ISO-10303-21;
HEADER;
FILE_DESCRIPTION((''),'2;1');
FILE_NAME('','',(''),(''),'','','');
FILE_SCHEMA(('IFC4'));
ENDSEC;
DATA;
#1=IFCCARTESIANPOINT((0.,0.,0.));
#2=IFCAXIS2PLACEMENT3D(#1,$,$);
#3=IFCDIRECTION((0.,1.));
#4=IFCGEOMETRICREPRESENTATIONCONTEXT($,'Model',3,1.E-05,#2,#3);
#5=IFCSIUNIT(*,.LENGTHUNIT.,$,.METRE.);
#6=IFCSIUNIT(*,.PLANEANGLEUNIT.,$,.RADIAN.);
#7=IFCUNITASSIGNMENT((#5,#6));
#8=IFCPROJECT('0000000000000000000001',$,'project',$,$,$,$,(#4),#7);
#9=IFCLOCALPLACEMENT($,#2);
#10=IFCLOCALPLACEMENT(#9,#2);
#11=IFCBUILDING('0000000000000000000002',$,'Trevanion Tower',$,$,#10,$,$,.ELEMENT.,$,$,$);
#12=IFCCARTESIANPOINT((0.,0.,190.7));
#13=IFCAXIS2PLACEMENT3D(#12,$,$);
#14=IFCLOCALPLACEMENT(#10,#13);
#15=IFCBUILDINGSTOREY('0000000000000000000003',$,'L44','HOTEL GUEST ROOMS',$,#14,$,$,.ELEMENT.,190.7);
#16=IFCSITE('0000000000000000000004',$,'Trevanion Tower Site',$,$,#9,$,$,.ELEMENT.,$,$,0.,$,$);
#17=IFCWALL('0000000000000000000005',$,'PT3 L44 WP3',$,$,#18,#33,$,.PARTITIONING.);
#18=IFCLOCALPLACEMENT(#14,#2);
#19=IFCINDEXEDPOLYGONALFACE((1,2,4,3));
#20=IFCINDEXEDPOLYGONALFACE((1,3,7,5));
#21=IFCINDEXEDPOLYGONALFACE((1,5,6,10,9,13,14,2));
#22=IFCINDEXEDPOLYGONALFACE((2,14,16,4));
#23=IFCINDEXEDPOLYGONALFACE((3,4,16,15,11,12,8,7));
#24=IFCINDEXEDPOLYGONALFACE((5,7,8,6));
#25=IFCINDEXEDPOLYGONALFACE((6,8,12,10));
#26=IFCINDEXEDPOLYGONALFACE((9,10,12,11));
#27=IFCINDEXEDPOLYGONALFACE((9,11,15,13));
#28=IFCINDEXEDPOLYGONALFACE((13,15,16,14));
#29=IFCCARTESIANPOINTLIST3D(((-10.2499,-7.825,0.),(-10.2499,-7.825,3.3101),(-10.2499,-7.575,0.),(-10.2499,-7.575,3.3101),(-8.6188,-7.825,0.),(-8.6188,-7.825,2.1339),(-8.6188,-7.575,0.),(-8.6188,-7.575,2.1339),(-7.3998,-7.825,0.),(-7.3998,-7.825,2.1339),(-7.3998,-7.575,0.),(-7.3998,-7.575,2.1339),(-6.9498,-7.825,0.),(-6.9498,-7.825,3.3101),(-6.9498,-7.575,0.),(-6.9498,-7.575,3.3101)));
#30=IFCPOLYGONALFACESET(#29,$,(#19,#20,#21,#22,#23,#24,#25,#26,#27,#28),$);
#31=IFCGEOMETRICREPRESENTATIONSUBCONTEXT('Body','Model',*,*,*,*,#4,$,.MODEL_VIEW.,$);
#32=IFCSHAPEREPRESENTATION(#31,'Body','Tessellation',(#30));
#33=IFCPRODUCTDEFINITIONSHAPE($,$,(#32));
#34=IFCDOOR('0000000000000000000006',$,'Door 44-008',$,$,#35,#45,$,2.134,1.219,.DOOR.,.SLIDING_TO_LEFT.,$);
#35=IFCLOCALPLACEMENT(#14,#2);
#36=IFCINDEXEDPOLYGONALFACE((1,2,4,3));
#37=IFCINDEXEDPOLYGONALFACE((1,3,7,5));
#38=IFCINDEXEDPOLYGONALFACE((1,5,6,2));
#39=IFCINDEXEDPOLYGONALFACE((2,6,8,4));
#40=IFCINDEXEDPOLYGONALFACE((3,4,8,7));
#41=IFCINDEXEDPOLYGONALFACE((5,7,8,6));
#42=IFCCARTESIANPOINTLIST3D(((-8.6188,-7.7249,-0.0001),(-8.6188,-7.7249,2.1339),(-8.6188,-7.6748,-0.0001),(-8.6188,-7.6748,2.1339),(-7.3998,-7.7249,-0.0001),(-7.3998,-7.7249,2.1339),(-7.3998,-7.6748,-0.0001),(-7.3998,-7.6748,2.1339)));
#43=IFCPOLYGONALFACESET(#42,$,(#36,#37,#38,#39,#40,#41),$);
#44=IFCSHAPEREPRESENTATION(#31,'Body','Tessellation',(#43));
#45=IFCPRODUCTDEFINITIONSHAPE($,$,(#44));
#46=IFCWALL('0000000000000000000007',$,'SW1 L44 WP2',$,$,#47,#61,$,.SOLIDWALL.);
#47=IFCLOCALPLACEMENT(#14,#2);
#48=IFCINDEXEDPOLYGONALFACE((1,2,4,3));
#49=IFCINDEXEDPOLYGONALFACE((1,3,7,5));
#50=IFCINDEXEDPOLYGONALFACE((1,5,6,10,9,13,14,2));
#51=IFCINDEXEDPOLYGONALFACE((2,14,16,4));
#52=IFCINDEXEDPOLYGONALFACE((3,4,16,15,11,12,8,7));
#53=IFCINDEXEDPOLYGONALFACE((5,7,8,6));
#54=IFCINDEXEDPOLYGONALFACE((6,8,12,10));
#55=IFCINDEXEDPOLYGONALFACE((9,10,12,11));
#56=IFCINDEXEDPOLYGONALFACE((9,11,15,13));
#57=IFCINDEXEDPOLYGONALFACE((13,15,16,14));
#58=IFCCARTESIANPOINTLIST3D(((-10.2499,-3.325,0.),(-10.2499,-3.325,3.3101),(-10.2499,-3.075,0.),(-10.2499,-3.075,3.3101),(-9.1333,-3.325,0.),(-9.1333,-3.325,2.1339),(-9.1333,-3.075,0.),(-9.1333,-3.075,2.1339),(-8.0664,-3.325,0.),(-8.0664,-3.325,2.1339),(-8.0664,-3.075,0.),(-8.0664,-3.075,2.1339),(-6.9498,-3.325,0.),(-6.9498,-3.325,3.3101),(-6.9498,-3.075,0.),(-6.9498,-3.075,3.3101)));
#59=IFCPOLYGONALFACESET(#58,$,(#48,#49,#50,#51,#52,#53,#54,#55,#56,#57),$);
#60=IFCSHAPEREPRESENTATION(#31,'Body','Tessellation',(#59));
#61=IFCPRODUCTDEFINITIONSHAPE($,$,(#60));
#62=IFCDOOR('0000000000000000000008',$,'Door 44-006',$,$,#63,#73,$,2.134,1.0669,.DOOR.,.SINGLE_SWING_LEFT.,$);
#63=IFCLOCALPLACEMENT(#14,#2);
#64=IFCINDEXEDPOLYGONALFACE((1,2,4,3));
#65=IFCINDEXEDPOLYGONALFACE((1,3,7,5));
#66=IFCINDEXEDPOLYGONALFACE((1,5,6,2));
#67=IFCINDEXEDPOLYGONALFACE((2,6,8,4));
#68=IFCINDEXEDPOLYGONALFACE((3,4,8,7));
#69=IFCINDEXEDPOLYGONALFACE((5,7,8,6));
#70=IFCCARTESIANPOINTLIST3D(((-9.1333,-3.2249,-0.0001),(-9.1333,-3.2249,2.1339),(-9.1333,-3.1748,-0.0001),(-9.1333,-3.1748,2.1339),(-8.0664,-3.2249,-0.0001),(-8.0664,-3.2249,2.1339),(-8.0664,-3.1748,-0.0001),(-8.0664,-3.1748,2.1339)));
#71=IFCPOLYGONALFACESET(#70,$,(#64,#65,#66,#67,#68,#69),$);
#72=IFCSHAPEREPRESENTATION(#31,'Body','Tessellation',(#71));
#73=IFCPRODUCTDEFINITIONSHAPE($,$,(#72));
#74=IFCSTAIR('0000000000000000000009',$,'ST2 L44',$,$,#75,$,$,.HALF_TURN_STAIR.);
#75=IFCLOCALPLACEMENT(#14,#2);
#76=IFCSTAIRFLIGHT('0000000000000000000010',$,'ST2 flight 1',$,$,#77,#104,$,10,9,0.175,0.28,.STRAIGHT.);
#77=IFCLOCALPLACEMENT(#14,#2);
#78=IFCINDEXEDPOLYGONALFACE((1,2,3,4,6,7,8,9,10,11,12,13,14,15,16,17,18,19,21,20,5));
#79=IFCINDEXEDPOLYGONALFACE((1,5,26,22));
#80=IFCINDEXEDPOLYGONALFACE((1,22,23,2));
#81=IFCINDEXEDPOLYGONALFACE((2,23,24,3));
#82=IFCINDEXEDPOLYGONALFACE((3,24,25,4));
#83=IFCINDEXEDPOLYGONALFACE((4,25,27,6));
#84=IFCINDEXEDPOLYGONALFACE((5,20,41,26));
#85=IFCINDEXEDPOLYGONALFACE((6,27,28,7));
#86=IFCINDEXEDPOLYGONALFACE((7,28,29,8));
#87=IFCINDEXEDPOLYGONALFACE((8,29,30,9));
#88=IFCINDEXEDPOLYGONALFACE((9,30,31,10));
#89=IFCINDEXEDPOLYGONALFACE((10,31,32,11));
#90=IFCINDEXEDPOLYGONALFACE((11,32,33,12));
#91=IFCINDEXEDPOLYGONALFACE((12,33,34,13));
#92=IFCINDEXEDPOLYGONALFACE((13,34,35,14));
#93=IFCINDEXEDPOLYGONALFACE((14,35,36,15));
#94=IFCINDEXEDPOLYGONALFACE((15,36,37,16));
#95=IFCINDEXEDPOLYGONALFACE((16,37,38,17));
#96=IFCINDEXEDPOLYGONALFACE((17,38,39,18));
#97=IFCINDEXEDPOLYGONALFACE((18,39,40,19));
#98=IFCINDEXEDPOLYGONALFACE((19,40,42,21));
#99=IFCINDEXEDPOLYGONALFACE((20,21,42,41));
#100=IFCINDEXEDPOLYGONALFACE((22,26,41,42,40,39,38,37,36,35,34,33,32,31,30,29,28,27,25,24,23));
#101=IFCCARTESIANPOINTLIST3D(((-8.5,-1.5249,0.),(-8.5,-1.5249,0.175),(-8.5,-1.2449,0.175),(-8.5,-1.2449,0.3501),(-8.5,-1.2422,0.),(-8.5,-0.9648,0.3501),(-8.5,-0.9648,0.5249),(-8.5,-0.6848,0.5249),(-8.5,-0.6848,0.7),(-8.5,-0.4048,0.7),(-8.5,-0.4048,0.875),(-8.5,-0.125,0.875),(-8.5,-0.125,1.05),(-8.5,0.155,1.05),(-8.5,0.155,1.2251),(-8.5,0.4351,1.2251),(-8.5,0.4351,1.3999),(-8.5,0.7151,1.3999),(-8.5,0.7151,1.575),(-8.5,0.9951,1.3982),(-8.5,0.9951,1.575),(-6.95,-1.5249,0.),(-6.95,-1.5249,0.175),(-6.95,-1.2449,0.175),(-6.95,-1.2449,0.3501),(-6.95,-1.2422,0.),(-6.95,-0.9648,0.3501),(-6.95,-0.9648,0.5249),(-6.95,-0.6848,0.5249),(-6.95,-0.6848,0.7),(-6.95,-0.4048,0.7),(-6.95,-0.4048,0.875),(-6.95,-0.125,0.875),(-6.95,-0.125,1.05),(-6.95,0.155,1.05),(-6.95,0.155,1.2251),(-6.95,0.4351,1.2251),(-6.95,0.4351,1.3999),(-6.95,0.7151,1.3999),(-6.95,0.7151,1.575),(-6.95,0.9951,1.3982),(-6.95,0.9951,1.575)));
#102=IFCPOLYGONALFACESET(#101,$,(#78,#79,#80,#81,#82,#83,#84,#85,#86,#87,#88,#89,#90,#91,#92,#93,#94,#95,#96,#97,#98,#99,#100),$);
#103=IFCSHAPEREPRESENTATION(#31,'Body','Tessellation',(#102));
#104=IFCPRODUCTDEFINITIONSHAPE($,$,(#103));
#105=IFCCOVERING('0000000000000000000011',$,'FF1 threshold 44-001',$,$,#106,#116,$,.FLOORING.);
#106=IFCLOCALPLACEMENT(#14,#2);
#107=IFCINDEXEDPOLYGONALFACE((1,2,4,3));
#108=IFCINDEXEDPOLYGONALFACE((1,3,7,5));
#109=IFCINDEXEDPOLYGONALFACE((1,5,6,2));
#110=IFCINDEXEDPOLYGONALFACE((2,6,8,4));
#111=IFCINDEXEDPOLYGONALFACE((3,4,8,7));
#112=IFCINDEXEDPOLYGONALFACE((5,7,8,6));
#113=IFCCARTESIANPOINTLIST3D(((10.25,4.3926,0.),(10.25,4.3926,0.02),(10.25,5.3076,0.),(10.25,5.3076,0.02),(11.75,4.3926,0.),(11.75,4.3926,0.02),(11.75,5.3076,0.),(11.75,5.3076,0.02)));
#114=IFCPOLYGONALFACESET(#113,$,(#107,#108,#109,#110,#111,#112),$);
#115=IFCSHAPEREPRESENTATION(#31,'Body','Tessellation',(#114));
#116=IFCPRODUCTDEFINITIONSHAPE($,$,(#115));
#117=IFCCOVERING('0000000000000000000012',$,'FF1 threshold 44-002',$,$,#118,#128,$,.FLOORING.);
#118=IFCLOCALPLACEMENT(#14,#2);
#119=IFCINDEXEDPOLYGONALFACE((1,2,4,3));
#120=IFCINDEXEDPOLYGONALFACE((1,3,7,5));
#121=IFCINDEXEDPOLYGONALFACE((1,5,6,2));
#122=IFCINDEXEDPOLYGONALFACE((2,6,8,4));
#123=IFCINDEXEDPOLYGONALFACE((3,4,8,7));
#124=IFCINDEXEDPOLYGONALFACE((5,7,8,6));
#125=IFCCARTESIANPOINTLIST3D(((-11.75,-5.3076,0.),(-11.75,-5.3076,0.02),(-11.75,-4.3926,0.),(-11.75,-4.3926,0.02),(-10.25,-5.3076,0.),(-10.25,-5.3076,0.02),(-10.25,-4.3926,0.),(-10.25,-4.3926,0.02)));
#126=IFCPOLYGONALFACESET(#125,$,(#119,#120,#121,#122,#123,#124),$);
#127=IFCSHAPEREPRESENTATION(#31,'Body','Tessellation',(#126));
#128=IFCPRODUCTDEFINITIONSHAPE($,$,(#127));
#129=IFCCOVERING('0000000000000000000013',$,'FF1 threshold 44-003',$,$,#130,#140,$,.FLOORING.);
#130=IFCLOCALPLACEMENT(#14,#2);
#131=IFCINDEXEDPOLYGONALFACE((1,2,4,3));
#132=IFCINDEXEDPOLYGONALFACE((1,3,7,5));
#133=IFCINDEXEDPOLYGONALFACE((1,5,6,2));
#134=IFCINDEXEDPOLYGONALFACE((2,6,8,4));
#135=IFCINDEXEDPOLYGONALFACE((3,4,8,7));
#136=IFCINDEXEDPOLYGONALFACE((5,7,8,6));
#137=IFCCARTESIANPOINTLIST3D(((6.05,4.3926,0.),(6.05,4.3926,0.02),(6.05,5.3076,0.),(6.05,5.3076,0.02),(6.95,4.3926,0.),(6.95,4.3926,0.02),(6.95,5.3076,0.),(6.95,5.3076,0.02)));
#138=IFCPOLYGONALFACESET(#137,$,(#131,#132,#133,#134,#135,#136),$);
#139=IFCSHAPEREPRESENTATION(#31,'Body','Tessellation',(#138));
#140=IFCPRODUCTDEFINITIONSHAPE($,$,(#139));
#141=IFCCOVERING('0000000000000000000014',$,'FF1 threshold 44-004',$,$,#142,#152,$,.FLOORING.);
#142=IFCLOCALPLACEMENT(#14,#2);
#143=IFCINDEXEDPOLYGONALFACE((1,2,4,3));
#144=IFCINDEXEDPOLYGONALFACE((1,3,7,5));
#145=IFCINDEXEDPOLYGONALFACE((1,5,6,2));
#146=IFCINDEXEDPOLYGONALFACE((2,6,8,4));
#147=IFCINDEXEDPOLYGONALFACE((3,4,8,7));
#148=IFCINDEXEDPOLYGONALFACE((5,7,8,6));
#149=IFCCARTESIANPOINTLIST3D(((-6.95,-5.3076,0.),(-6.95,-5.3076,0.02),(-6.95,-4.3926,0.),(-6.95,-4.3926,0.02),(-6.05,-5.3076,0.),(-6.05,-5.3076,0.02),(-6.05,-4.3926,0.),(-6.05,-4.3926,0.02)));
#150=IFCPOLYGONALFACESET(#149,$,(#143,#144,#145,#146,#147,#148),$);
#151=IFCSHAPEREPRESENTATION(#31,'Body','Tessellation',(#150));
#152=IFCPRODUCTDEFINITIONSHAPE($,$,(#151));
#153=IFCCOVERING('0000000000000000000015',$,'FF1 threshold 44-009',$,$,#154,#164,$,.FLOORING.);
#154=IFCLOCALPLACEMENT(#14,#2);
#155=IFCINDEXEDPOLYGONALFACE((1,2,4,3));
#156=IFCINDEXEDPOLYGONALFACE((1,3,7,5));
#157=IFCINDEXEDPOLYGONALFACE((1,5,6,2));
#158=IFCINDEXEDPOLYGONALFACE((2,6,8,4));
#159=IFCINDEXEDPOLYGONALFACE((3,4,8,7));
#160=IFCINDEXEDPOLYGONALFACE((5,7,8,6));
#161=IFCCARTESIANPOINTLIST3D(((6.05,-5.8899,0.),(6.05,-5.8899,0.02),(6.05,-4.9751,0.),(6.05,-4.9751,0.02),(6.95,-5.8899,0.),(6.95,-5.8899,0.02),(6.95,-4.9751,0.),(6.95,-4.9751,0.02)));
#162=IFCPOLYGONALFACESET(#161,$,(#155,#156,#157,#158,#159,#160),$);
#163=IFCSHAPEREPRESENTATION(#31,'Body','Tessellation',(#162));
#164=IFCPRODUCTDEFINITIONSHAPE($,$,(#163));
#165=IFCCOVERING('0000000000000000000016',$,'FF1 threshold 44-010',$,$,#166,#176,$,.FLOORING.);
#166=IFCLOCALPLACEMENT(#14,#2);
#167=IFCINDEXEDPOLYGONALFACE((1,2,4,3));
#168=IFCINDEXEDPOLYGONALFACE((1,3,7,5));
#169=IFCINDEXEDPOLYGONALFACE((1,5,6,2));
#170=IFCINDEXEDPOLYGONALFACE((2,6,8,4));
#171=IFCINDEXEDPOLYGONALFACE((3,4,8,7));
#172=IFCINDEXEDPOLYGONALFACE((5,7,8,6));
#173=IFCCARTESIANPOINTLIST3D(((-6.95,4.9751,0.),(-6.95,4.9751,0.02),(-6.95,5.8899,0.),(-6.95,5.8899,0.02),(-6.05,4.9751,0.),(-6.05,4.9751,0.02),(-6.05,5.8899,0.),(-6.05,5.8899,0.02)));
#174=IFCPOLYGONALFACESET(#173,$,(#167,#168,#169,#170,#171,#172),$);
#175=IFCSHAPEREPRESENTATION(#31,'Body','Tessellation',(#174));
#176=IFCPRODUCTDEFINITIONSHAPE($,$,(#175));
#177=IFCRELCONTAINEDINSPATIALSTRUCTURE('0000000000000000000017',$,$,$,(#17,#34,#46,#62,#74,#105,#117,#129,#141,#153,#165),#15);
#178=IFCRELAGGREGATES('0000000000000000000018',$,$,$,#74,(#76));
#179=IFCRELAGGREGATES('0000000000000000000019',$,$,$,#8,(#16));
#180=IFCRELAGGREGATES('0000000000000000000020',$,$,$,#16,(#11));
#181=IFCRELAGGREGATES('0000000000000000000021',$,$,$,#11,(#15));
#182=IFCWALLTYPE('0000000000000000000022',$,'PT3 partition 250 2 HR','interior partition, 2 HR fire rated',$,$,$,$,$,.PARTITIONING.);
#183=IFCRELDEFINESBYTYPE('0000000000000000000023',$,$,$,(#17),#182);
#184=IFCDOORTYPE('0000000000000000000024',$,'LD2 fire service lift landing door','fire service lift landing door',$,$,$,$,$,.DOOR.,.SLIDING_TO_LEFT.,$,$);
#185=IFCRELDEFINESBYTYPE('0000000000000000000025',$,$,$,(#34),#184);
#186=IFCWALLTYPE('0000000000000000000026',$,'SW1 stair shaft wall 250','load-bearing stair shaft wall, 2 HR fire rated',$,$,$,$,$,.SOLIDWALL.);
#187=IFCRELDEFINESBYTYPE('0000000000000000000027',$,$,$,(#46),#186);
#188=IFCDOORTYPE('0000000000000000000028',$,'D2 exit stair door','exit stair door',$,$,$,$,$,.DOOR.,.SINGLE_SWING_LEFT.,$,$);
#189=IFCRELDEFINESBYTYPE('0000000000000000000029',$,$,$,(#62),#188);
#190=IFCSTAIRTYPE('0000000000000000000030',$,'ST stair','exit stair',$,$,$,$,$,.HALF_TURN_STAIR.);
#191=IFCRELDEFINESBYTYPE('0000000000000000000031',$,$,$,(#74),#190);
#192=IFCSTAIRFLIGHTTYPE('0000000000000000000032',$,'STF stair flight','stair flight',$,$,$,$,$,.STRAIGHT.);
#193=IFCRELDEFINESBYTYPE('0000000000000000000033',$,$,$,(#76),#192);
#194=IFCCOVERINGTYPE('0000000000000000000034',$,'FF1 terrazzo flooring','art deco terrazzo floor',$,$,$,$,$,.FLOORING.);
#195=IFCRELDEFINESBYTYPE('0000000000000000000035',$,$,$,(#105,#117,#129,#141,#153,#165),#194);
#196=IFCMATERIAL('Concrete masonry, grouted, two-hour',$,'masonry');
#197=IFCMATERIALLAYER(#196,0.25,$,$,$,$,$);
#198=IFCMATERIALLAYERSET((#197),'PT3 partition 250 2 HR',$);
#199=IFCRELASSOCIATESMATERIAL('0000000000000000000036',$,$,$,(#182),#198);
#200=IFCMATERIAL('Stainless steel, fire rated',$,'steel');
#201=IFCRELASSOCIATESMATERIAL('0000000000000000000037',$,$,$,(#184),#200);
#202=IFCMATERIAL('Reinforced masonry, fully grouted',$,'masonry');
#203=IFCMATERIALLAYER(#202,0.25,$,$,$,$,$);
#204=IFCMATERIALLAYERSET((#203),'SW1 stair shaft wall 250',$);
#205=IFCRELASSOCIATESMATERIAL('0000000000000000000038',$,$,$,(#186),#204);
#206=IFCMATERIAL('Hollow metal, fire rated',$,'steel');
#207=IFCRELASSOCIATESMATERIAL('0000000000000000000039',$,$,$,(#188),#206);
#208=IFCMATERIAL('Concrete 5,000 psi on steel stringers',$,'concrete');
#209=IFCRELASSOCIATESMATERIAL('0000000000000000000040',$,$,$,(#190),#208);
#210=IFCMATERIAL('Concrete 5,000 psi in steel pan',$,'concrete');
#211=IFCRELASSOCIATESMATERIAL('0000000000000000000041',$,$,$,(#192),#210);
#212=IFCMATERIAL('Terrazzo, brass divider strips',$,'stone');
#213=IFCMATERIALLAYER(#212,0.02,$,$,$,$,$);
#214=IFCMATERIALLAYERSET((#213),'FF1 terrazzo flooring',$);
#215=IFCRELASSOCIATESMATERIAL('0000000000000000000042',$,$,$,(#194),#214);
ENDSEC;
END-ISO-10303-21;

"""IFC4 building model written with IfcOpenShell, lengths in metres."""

from ifc_helpers import new_model, si_unit, direction, frame, frame_2d, origin, place, context, subcontext, project, spatial, polyline, rectangle, outline, extrude, material, layer, layer_set, type_object, element, fill, aggregate, save


model = new_model("IFC4")

# Units and contexts
model_context = context("Model", 3, precision=1e-05, world=origin(), true_north=direction((0.0, 1.0)))
body_context = subcontext(model_context, "Body", "Model", "MODEL_VIEW")
ifc_project = project(units=[si_unit("LENGTHUNIT", "METRE"), si_unit("PLANEANGLEUNIT", "RADIAN")], contexts=[model_context])

# Site, building, storey
site_placement = place(None, origin())
site = spatial("IfcSite", under=ifc_project, at=site_placement, Name="Trevanion Tower Site", CompositionType="ELEMENT", RefElevation=0.0)
building_placement = place(site_placement, origin())
building = spatial("IfcBuilding", under=site, at=building_placement, Name="Trevanion Tower", CompositionType="ELEMENT")
storey_placement = place(building_placement, frame((0.0, 0.0, 190.7)))
storey = spatial("IfcBuildingStorey", under=building, at=storey_placement, Name="L44", Description="HOTEL GUEST ROOMS", CompositionType="ELEMENT", Elevation=190.7)

# Walls, openings, doors
ifc_material_1 = material(Name="Concrete masonry, grouted, two-hour", Category="masonry")
ifc_layer_1 = layer(ifc_material_1, 0.25)
ifc_layer_set_1 = layer_set([ifc_layer_1], Name="PT3 partition 250 2 HR")
wall_type_1 = type_object("IfcWallType", Name="PT3 partition 250 2 HR", Description="interior partition, 2 HR fire rated", PredefinedType="PARTITIONING", material=ifc_layer_set_1)
wall_1_placement = place(storey_placement, frame((-6.95, -7.7, 0.0), z_axis=(0.0, 0.0, 1.0), x_axis=(-1.0, 0.0, 0.0)))
wall_1 = element("IfcWall", 1, at=wall_1_placement, inside=storey, type_object=wall_type_1, Name="PT3 L44 WP3", PredefinedType="PARTITIONING", context=body_context, shape_type="SweptSolid", body=[
    extrude(rectangle(XDim=3.3, YDim=0.25, at=frame_2d((1.6499, 0.0))), origin(), (0.0, 0.0, 1.0), 3.3101),
])
opening_1_placement = place(wall_1_placement, frame((0.45, 0.0, 0.0)))
opening_1 = element("IfcOpeningElement", 2, at=opening_1_placement, cuts=wall_1, PredefinedType="OPENING", context=body_context, shape_type="SweptSolid", body=[
    extrude(rectangle(XDim=1.219, YDim=2.134, at=frame_2d((0.6094, 1.0669))), frame((0.0, 0.135, 0.0), z_axis=(0.0, -1.0, 0.0), x_axis=(1.0, 0.0, 0.0)), (0.0, 0.0, 1.0), 0.27),
])
ifc_material_2 = material(Name="Stainless steel, fire rated", Category="steel")
door_type_1 = type_object("IfcDoorType", Name="LD2 fire service lift landing door", Description="fire service lift landing door", OperationType="SLIDING_TO_LEFT", PredefinedType="DOOR", material=ifc_material_2)
door_1_placement = place(opening_1_placement, origin())
door_1 = element("IfcDoor", 3, at=door_1_placement, inside=storey, type_object=door_type_1, Name="Door 44-008", OperationType="SLIDING_TO_LEFT", OverallHeight=2.134, OverallWidth=1.219, PredefinedType="DOOR", context=body_context, shape_type="SweptSolid", body=[
    extrude(rectangle(XDim=1.219, YDim=2.134, at=frame_2d((0.6094, 1.0669))), frame((0.0, 0.0249, 0.0), z_axis=(0.0, -1.0, 0.0), x_axis=(1.0, 0.0, 0.0)), (0.0, 0.0, 1.0), 0.05),
])
fill(opening_1, door_1)
ifc_material_3 = material(Name="Reinforced masonry, fully grouted", Category="masonry")
ifc_layer_2 = layer(ifc_material_3, 0.25)
ifc_layer_set_2 = layer_set([ifc_layer_2], Name="SW1 stair shaft wall 250")
wall_type_2 = type_object("IfcWallType", Name="SW1 stair shaft wall 250", Description="load-bearing stair shaft wall, 2 HR fire rated", PredefinedType="SOLIDWALL", material=ifc_layer_set_2)
wall_2_placement = place(storey_placement, frame((-6.95, -3.2, 0.0), z_axis=(0.0, 0.0, 1.0), x_axis=(-1.0, 0.0, 0.0)))
wall_2 = element("IfcWall", 4, at=wall_2_placement, inside=storey, type_object=wall_type_2, Name="SW1 L44 WP2", PredefinedType="SOLIDWALL", context=body_context, shape_type="SweptSolid", body=[
    extrude(rectangle(XDim=3.3, YDim=0.25, at=frame_2d((1.6499, 0.0))), origin(), (0.0, 0.0, 1.0), 3.3101),
])
opening_2_placement = place(wall_2_placement, frame((1.1165, 0.0, 0.0)))
opening_2 = element("IfcOpeningElement", 5, at=opening_2_placement, cuts=wall_2, PredefinedType="OPENING", context=body_context, shape_type="SweptSolid", body=[
    extrude(rectangle(XDim=1.0669, YDim=2.134, at=frame_2d((0.5334, 1.0669))), frame((0.0, 0.135, 0.0), z_axis=(0.0, -1.0, 0.0), x_axis=(1.0, 0.0, 0.0)), (0.0, 0.0, 1.0), 0.27),
])
ifc_material_4 = material(Name="Hollow metal, fire rated", Category="steel")
door_type_2 = type_object("IfcDoorType", Name="D2 exit stair door", Description="exit stair door", OperationType="SINGLE_SWING_LEFT", PredefinedType="DOOR", material=ifc_material_4)
door_2_placement = place(opening_2_placement, origin())
door_2 = element("IfcDoor", 6, at=door_2_placement, inside=storey, type_object=door_type_2, Name="Door 44-006", OperationType="SINGLE_SWING_LEFT", OverallHeight=2.134, OverallWidth=1.0669, PredefinedType="DOOR", context=body_context, shape_type="SweptSolid", body=[
    extrude(rectangle(XDim=1.0669, YDim=2.134, at=frame_2d((0.5334, 1.0669))), frame((0.0, 0.0249, 0.0), z_axis=(0.0, -1.0, 0.0), x_axis=(1.0, 0.0, 0.0)), (0.0, 0.0, 1.0), 0.05),
])
fill(opening_2, door_2)

# Stair, stair flight
ifc_material_5 = material(Name="Concrete 5,000 psi on steel stringers", Category="concrete")
stair_type = type_object("IfcStairType", Name="ST stair", Description="exit stair", PredefinedType="HALF_TURN_STAIR", material=ifc_material_5)
stair_placement = place(storey_placement, origin())
stair = element("IfcStair", 7, at=stair_placement, inside=storey, type_object=stair_type, Name="ST2 L44", PredefinedType="HALF_TURN_STAIR")
ifc_material_6 = material(Name="Concrete 5,000 psi in steel pan", Category="concrete")
stair_flight_type = type_object("IfcStairFlightType", Name="STF stair flight", Description="stair flight", PredefinedType="STRAIGHT", material=ifc_material_6)
stair_flight_placement = place(storey_placement, frame((-7.7251, -1.5249, 0.0), z_axis=(0.0, 0.0, 1.0), x_axis=(0.0, 1.0, 0.0)))
stair_flight = element("IfcStairFlight", 8, at=stair_flight_placement, type_object=stair_flight_type, Name="ST2 flight 1", NumberOfRisers=10, NumberOfTreads=9, PredefinedType="STRAIGHT", RiserHeight=0.175, TreadLength=0.28, context=body_context, shape_type="SweptSolid", body=[
    extrude(outline(polyline([(0.0, 0.0), (0.0, 0.175), (0.28, 0.175), (0.28, 0.3501), (0.5601, 0.3501), (0.5601, 0.5249), (0.8401, 0.5249), (0.8401, 0.7), (1.1201, 0.7), (1.1201, 0.875), (1.3999, 0.875), (1.3999, 1.05), (1.6799, 1.05), (1.6799, 1.2251), (1.96, 1.2251), (1.96, 1.3999), (2.24, 1.3999), (2.24, 1.575), (2.52, 1.575), (2.52, 1.75), (2.52, 1.3982), (0.2827, 0.0), (0.0, 0.0)])), frame((0.0, 0.7749, 0.0), z_axis=(0.0, -1.0, 0.0), x_axis=(1.0, 0.0, 0.0)), (0.0, 0.0, 1.0), 1.55),
])
aggregate(stair, [stair_flight])

# Coverings
ifc_material_7 = material(Name="Terrazzo, brass divider strips", Category="stone")
ifc_layer_3 = layer(ifc_material_7, 0.02)
ifc_layer_set_3 = layer_set([ifc_layer_3], Name="FF1 terrazzo flooring")
covering_type = type_object("IfcCoveringType", Name="FF1 terrazzo flooring", Description="art deco terrazzo floor", PredefinedType="FLOORING", material=ifc_layer_set_3)
covering_1_placement = place(storey_placement, origin())
element("IfcCovering", 9, at=covering_1_placement, inside=storey, type_object=covering_type, Name="FF1 threshold 44-001", PredefinedType="FLOORING", context=body_context, shape_type="SweptSolid", body=[
    extrude(outline(polyline([(11.75, 4.3926), (11.75, 5.3076), (10.25, 5.3076), (10.25, 4.3926), (11.75, 4.3926)])), origin(), (0.0, 0.0, 1.0), 0.02),
])
covering_2_placement = place(storey_placement, origin())
element("IfcCovering", 10, at=covering_2_placement, inside=storey, type_object=covering_type, Name="FF1 threshold 44-002", PredefinedType="FLOORING", context=body_context, shape_type="SweptSolid", body=[
    extrude(outline(polyline([(-11.75, -4.3926), (-11.75, -5.3076), (-10.25, -5.3076), (-10.25, -4.3926), (-11.75, -4.3926)])), origin(), (0.0, 0.0, 1.0), 0.02),
])
covering_3_placement = place(storey_placement, origin())
element("IfcCovering", 11, at=covering_3_placement, inside=storey, type_object=covering_type, Name="FF1 threshold 44-003", PredefinedType="FLOORING", context=body_context, shape_type="SweptSolid", body=[
    extrude(outline(polyline([(6.95, 4.3926), (6.95, 5.3076), (6.05, 5.3076), (6.05, 4.3926), (6.95, 4.3926)])), origin(), (0.0, 0.0, 1.0), 0.02),
])
covering_4_placement = place(storey_placement, origin())
element("IfcCovering", 12, at=covering_4_placement, inside=storey, type_object=covering_type, Name="FF1 threshold 44-004", PredefinedType="FLOORING", context=body_context, shape_type="SweptSolid", body=[
    extrude(outline(polyline([(-6.95, -4.3926), (-6.95, -5.3076), (-6.05, -5.3076), (-6.05, -4.3926), (-6.95, -4.3926)])), origin(), (0.0, 0.0, 1.0), 0.02),
])
covering_5_placement = place(storey_placement, origin())
element("IfcCovering", 13, at=covering_5_placement, inside=storey, type_object=covering_type, Name="FF1 threshold 44-009", PredefinedType="FLOORING", context=body_context, shape_type="SweptSolid", body=[
    extrude(outline(polyline([(6.95, -5.8899), (6.95, -4.9751), (6.05, -4.9751), (6.05, -5.8899), (6.95, -5.8899)])), origin(), (0.0, 0.0, 1.0), 0.02),
])
covering_6_placement = place(storey_placement, origin())
element("IfcCovering", 14, at=covering_6_placement, inside=storey, type_object=covering_type, Name="FF1 threshold 44-010", PredefinedType="FLOORING", context=body_context, shape_type="SweptSolid", body=[
    extrude(outline(polyline([(-6.95, 5.8899), (-6.95, 4.9751), (-6.05, 4.9751), (-6.05, 5.8899), (-6.95, 5.8899)])), origin(), (0.0, 0.0, 1.0), 0.02),
])

save(model, "model.ifc")
